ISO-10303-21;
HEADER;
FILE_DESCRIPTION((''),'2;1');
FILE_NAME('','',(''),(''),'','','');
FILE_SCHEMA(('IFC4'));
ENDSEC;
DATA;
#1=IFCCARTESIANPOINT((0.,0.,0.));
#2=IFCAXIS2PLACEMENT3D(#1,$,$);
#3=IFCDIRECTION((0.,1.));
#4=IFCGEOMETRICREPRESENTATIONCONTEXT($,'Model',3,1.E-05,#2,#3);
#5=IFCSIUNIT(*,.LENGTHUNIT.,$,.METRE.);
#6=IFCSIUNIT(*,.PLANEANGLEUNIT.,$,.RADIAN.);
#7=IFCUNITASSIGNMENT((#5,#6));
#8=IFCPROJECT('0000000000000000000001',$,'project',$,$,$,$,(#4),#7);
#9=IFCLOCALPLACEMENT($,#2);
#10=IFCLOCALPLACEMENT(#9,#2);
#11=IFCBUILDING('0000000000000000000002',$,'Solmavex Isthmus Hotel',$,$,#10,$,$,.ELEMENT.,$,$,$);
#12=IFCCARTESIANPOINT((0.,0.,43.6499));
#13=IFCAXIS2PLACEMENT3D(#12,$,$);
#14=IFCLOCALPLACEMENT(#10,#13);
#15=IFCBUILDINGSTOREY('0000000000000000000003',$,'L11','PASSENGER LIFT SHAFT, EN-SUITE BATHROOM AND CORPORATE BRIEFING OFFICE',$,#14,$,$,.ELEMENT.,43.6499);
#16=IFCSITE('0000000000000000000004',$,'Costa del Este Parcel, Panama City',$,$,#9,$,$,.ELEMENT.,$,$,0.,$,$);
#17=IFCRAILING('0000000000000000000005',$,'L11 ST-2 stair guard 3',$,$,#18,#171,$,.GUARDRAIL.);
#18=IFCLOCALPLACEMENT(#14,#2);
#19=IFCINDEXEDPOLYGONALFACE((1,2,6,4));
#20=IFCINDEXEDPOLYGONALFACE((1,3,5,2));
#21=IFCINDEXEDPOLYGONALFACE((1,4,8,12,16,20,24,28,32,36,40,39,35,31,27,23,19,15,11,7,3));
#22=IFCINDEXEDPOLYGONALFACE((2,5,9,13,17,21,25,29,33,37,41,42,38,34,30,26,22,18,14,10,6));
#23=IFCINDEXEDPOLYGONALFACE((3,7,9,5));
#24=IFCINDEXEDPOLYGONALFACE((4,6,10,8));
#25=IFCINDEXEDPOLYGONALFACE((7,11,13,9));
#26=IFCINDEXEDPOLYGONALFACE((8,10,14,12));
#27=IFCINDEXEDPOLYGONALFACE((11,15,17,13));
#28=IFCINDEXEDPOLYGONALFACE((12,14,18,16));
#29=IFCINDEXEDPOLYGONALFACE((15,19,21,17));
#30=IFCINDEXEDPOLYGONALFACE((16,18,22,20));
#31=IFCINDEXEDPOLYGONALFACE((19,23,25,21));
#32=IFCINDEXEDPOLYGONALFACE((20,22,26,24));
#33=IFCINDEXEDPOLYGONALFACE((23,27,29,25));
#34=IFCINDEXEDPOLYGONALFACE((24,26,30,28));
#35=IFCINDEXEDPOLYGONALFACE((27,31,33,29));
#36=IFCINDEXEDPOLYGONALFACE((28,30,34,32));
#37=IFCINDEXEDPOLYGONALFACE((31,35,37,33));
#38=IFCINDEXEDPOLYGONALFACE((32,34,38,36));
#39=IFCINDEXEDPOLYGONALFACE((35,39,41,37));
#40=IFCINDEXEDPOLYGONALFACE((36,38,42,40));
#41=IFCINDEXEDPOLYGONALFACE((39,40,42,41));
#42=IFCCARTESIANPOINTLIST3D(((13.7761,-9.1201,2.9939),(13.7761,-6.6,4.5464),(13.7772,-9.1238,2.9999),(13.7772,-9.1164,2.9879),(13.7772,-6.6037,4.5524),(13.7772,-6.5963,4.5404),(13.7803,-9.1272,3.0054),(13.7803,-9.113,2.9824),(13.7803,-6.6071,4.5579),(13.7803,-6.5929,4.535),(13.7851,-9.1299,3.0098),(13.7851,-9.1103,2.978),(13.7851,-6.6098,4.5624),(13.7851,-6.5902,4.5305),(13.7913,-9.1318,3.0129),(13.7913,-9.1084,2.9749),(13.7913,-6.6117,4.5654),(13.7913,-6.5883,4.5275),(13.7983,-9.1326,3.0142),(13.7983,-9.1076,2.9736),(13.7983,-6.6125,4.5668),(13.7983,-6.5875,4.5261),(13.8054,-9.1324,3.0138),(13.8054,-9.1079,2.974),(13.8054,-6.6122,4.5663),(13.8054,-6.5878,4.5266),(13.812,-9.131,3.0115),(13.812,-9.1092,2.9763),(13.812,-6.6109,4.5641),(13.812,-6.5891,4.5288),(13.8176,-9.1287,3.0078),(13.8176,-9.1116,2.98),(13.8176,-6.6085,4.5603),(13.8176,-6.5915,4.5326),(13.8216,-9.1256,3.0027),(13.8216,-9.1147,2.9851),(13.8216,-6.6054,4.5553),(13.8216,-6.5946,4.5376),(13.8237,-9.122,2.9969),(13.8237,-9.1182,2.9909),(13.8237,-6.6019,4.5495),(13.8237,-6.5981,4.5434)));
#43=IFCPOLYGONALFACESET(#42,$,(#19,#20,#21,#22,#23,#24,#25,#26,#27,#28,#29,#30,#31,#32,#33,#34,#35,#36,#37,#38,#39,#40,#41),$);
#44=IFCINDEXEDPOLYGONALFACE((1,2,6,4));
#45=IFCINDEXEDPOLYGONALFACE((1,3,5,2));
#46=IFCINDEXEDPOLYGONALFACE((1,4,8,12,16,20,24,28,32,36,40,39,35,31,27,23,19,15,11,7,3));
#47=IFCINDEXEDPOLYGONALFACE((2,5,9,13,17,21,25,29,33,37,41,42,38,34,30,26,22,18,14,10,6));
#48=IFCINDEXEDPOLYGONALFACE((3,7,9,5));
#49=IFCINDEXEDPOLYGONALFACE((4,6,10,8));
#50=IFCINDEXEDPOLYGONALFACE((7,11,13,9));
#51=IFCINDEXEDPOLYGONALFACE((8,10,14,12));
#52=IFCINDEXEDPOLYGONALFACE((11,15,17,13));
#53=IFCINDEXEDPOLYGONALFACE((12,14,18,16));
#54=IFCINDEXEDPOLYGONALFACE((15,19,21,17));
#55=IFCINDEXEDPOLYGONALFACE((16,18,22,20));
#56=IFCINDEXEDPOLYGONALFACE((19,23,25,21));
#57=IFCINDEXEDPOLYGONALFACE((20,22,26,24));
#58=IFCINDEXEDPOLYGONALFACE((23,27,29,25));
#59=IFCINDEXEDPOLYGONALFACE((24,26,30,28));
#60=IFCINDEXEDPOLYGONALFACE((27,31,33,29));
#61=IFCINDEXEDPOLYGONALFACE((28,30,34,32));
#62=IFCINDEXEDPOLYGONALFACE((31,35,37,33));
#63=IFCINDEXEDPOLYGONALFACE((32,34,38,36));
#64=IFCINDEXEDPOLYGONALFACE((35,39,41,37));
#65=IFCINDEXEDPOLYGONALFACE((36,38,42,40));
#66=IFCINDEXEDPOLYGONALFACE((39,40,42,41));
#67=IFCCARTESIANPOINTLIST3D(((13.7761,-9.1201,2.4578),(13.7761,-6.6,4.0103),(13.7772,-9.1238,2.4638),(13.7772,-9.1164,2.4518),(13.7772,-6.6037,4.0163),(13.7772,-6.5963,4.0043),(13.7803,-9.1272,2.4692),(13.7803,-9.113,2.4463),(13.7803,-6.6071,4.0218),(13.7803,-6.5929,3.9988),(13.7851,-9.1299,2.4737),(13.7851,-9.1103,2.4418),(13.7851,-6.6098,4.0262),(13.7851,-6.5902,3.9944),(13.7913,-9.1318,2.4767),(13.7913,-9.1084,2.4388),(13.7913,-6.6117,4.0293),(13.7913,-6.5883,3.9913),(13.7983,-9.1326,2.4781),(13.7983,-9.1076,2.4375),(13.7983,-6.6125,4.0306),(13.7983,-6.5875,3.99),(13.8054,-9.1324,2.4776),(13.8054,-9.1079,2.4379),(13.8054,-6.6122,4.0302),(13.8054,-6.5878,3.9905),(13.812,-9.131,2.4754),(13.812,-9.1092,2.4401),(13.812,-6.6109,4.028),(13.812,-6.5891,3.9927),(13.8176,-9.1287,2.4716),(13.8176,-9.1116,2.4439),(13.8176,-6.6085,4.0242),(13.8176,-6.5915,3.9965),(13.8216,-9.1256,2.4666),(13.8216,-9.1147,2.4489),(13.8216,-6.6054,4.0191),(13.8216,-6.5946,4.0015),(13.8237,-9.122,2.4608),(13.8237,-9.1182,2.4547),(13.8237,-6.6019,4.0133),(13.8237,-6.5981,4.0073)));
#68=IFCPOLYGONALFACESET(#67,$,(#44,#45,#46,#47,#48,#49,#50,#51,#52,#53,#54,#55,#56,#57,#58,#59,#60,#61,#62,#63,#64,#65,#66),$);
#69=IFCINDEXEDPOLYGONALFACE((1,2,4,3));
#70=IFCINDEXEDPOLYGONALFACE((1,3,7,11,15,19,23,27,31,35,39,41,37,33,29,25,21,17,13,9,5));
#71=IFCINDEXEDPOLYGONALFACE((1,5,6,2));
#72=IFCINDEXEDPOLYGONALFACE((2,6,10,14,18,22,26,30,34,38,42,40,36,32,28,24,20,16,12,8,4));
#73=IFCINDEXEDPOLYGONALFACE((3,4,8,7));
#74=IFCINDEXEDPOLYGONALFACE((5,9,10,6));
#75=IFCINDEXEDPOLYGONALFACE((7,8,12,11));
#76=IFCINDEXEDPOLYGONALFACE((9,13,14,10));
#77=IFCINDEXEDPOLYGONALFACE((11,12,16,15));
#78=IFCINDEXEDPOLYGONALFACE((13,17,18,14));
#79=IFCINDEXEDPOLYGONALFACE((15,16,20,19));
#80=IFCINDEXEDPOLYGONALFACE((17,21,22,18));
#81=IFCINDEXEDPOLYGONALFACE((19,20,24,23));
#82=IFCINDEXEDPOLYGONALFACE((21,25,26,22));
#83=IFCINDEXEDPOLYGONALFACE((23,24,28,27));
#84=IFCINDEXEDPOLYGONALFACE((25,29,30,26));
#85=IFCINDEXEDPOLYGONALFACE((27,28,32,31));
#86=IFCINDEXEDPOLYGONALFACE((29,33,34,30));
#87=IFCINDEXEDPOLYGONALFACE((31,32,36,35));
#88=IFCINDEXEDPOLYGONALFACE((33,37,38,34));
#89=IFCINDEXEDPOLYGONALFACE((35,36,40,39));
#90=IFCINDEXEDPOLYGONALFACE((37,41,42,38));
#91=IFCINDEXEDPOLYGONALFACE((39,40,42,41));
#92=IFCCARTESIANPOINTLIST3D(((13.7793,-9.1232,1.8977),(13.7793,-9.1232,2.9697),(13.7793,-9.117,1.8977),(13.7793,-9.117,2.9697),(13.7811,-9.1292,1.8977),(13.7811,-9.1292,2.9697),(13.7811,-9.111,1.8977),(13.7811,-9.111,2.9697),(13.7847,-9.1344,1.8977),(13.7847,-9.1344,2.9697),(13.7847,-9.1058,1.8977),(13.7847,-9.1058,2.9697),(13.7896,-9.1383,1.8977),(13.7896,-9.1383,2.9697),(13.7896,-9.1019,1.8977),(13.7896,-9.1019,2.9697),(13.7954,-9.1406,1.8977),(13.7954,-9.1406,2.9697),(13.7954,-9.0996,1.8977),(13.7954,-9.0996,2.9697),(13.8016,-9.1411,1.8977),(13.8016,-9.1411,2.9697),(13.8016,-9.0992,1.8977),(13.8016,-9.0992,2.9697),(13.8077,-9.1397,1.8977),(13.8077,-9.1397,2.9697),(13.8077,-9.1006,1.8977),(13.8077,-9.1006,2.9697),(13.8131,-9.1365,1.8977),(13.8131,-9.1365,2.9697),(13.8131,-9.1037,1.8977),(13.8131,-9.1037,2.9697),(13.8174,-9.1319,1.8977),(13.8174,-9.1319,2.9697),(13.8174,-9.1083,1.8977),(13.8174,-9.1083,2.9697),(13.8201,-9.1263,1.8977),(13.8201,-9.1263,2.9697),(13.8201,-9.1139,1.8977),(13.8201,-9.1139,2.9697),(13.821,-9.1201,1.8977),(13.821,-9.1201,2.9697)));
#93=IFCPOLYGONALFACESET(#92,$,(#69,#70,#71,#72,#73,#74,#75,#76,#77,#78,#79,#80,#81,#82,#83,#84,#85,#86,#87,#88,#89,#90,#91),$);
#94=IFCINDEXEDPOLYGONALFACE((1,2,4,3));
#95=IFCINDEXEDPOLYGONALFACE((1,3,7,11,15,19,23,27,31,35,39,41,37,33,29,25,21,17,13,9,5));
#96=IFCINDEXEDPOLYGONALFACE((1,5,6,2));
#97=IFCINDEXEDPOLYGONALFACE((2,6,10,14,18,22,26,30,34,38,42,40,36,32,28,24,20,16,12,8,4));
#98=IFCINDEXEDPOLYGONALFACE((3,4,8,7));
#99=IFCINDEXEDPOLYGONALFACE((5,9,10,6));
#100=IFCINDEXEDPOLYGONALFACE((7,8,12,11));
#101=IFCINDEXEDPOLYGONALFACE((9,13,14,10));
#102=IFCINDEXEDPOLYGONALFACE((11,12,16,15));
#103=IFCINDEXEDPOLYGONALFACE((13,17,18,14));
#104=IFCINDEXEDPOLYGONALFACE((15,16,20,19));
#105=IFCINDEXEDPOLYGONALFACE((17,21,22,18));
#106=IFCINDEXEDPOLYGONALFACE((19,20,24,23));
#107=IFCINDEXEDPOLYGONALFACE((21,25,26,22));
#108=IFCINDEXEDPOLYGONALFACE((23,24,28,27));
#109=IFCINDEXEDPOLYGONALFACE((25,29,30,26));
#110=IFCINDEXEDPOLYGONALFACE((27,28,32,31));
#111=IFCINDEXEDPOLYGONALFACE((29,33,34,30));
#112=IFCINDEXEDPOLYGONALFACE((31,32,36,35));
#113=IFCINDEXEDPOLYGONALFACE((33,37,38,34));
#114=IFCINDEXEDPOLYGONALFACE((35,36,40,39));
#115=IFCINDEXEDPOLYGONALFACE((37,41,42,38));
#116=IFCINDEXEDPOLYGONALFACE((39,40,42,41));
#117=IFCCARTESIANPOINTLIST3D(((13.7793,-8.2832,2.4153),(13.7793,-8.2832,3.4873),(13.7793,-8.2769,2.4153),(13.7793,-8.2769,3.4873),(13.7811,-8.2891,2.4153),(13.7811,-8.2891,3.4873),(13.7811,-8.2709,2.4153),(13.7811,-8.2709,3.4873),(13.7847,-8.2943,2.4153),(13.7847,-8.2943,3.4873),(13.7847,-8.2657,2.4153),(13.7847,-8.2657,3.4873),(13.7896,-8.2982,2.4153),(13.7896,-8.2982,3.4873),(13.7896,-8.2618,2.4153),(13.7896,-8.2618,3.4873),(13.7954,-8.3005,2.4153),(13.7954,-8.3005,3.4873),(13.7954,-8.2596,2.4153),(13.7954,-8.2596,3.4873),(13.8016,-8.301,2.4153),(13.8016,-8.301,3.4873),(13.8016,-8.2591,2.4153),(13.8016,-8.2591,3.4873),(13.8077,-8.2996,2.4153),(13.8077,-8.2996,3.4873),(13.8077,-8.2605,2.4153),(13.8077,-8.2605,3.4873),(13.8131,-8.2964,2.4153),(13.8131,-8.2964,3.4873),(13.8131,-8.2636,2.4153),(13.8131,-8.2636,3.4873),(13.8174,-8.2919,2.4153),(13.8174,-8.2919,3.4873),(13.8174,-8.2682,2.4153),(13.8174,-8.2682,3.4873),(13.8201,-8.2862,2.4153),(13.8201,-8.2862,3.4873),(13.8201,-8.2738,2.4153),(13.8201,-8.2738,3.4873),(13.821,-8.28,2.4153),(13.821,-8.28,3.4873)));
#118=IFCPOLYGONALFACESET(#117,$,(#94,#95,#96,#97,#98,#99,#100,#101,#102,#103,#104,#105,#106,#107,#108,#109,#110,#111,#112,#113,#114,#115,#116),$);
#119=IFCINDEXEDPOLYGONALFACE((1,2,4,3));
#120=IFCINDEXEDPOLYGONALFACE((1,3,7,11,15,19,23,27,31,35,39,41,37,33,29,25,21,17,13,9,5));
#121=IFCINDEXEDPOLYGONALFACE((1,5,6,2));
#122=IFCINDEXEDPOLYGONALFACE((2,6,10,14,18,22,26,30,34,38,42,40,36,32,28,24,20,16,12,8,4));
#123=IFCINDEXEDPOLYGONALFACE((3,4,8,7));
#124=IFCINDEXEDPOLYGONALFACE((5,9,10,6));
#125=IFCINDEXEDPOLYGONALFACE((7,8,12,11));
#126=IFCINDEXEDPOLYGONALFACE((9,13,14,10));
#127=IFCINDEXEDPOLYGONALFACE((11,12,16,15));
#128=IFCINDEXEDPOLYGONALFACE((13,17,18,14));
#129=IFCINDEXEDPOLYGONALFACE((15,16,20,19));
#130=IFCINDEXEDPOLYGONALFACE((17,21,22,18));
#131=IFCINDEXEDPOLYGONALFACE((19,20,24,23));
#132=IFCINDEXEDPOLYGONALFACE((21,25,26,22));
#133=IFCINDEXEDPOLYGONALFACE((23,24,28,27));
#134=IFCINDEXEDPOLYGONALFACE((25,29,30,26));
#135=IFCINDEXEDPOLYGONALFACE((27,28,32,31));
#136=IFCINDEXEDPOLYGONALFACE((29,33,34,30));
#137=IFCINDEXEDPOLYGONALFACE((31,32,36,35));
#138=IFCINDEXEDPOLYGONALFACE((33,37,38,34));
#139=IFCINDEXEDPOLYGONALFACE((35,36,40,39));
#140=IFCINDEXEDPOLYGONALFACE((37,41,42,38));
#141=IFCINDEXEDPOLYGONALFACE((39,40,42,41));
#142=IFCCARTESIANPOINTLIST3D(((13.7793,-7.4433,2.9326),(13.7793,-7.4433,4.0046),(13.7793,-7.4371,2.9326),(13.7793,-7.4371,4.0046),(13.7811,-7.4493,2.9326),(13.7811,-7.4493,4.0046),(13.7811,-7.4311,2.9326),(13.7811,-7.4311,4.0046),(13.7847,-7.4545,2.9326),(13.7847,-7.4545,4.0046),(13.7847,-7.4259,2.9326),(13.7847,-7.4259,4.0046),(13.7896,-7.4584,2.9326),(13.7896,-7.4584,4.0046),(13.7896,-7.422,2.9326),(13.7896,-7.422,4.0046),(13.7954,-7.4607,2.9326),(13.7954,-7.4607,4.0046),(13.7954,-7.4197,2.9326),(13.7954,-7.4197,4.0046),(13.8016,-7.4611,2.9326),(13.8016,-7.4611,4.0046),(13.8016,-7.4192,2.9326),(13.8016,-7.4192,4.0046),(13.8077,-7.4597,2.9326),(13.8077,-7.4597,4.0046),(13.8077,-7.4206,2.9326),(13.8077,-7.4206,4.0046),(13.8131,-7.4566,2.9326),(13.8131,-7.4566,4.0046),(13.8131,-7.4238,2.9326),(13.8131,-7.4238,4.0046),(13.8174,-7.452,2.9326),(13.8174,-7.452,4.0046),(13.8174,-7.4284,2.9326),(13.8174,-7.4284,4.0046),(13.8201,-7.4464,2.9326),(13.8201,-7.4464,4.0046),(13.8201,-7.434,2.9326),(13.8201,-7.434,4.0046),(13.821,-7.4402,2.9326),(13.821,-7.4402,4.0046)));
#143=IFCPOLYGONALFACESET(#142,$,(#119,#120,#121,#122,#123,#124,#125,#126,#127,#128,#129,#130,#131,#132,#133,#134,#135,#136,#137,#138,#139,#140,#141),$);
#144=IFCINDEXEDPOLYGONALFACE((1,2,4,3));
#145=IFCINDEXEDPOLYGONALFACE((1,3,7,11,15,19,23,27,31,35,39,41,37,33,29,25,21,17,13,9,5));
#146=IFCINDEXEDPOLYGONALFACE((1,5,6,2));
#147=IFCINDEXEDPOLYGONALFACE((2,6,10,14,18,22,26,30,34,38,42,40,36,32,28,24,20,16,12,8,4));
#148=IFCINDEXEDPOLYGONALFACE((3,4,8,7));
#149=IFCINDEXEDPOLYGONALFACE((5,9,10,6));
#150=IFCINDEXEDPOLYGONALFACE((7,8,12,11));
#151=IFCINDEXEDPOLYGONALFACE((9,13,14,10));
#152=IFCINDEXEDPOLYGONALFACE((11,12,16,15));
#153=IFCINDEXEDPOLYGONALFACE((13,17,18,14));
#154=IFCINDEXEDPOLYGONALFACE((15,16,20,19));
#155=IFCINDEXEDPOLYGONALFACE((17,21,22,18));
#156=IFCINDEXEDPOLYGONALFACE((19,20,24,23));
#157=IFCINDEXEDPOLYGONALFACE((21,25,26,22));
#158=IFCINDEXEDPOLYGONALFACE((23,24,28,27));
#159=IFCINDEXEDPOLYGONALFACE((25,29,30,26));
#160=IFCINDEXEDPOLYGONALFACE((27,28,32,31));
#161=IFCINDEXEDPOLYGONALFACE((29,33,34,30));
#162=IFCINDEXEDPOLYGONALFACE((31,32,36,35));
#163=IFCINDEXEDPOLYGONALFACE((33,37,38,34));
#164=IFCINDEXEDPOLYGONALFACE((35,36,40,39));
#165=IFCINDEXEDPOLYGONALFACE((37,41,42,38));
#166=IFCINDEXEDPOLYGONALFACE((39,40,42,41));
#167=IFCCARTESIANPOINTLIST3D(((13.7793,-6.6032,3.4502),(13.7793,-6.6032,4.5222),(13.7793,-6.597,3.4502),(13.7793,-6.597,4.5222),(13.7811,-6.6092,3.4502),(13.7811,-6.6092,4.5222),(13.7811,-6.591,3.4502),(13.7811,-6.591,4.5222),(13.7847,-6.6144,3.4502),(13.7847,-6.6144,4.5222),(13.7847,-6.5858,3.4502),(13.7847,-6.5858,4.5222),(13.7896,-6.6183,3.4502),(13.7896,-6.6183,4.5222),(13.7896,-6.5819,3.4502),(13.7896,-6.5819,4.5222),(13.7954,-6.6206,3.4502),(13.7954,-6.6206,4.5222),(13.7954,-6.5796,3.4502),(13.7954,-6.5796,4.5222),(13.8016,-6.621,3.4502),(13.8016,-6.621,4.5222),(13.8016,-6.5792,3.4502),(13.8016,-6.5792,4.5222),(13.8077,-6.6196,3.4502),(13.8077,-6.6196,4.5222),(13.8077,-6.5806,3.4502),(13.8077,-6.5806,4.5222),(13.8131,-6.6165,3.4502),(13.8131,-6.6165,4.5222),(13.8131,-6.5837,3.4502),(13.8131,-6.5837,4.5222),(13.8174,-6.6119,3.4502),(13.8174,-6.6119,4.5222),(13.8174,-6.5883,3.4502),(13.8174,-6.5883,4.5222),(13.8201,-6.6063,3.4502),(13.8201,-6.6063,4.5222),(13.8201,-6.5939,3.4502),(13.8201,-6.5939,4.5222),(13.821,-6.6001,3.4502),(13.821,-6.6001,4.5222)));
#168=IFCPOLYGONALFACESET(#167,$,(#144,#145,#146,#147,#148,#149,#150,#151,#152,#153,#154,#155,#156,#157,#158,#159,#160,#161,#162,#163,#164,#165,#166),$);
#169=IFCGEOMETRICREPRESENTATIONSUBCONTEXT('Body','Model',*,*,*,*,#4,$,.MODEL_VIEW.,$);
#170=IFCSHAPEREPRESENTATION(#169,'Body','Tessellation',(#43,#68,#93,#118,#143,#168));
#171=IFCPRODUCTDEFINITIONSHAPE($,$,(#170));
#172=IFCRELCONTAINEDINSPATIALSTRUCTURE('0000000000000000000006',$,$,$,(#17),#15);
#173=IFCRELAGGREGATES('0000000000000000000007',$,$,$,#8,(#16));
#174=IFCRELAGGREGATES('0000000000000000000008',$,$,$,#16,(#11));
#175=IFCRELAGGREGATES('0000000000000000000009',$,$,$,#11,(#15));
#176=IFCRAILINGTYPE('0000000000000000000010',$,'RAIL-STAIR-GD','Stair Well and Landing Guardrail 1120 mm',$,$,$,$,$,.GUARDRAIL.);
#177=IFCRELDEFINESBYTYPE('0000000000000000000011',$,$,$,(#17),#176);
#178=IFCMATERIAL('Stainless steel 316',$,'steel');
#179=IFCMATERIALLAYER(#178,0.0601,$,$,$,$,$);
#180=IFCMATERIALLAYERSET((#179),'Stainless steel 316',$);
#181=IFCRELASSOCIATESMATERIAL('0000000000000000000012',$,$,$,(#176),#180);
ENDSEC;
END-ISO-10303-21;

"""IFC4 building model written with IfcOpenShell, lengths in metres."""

from ifc_helpers import new_model, si_unit, direction, frame, origin, origin_2d, place, context, subcontext, project, spatial, circle, extrude, material, layer, layer_set, type_object, element, save


model = new_model("IFC4")

# Units and contexts
model_context = context("Model", 3, precision=1e-05, world=origin(), true_north=direction((0.0, 1.0)))
body_context = subcontext(model_context, "Body", "Model", "MODEL_VIEW")
ifc_project = project(units=[si_unit("LENGTHUNIT", "METRE"), si_unit("PLANEANGLEUNIT", "RADIAN")], contexts=[model_context])

# Site, building, storey
site_placement = place(None, origin())
site = spatial("IfcSite", under=ifc_project, at=site_placement, Name="Costa del Este Parcel, Panama City", CompositionType="ELEMENT", RefElevation=0.0)
building_placement = place(site_placement, origin())
building = spatial("IfcBuilding", under=site, at=building_placement, Name="Solmavex Isthmus Hotel", CompositionType="ELEMENT")
storey_placement = place(building_placement, frame((0.0, 0.0, 43.6499)))
storey = spatial("IfcBuildingStorey", under=building, at=storey_placement, Name="L11", Description="PASSENGER LIFT SHAFT, EN-SUITE BATHROOM AND CORPORATE BRIEFING OFFICE", CompositionType="ELEMENT", Elevation=43.6499)

# Railing
ifc_material_1 = material(Name="Stainless steel 316", Category="steel")
ifc_layer_1 = layer(ifc_material_1, 0.0601)
ifc_layer_set_1 = layer_set([ifc_layer_1], Name="Stainless steel 316")
railing_type_1 = type_object("IfcRailingType", Name="RAIL-STAIR-GD", Description="Stair Well and Landing Guardrail 1120 mm", PredefinedType="GUARDRAIL", material=ifc_layer_set_1)
railing_1_placement = place(storey_placement, frame((13.8, -9.1201, 1.8977)))
element("IfcRailing", 1, at=railing_1_placement, inside=storey, type_object=railing_type_1, Name="L11 ST-2 stair guard 3", PredefinedType="GUARDRAIL", context=body_context, shape_type="SweptSolid", body=[
    extrude(circle(Radius=0.0239, at=origin_2d()), frame((0.0, 0.0, 1.0962), z_axis=(0.0, 0.8514, 0.524516), x_axis=(-1.0, 0.0, 0.0)), (0.0, 0.0, 1.0), 2.96),
    extrude(circle(Radius=0.0239, at=origin_2d()), frame((0.0, 0.0, 0.5601), z_axis=(0.0, 0.8514, 0.524516), x_axis=(-1.0, 0.0, 0.0)), (0.0, 0.0, 1.0), 2.96),
    extrude(circle(Radius=0.021, at=origin_2d()), origin(), (0.0, 0.0, 1.0), 1.072),
    extrude(circle(Radius=0.021, at=origin_2d()), frame((0.0, 0.8401, 0.5176)), (0.0, 0.0, 1.0), 1.072),
    extrude(circle(Radius=0.021, at=origin_2d()), frame((0.0, 1.6799, 1.0349)), (0.0, 0.0, 1.0), 1.072),
    extrude(circle(Radius=0.021, at=origin_2d()), frame((0.0, 2.52, 1.5525)), (0.0, 0.0, 1.0), 1.072),
])

save(model, "model.ifc")
